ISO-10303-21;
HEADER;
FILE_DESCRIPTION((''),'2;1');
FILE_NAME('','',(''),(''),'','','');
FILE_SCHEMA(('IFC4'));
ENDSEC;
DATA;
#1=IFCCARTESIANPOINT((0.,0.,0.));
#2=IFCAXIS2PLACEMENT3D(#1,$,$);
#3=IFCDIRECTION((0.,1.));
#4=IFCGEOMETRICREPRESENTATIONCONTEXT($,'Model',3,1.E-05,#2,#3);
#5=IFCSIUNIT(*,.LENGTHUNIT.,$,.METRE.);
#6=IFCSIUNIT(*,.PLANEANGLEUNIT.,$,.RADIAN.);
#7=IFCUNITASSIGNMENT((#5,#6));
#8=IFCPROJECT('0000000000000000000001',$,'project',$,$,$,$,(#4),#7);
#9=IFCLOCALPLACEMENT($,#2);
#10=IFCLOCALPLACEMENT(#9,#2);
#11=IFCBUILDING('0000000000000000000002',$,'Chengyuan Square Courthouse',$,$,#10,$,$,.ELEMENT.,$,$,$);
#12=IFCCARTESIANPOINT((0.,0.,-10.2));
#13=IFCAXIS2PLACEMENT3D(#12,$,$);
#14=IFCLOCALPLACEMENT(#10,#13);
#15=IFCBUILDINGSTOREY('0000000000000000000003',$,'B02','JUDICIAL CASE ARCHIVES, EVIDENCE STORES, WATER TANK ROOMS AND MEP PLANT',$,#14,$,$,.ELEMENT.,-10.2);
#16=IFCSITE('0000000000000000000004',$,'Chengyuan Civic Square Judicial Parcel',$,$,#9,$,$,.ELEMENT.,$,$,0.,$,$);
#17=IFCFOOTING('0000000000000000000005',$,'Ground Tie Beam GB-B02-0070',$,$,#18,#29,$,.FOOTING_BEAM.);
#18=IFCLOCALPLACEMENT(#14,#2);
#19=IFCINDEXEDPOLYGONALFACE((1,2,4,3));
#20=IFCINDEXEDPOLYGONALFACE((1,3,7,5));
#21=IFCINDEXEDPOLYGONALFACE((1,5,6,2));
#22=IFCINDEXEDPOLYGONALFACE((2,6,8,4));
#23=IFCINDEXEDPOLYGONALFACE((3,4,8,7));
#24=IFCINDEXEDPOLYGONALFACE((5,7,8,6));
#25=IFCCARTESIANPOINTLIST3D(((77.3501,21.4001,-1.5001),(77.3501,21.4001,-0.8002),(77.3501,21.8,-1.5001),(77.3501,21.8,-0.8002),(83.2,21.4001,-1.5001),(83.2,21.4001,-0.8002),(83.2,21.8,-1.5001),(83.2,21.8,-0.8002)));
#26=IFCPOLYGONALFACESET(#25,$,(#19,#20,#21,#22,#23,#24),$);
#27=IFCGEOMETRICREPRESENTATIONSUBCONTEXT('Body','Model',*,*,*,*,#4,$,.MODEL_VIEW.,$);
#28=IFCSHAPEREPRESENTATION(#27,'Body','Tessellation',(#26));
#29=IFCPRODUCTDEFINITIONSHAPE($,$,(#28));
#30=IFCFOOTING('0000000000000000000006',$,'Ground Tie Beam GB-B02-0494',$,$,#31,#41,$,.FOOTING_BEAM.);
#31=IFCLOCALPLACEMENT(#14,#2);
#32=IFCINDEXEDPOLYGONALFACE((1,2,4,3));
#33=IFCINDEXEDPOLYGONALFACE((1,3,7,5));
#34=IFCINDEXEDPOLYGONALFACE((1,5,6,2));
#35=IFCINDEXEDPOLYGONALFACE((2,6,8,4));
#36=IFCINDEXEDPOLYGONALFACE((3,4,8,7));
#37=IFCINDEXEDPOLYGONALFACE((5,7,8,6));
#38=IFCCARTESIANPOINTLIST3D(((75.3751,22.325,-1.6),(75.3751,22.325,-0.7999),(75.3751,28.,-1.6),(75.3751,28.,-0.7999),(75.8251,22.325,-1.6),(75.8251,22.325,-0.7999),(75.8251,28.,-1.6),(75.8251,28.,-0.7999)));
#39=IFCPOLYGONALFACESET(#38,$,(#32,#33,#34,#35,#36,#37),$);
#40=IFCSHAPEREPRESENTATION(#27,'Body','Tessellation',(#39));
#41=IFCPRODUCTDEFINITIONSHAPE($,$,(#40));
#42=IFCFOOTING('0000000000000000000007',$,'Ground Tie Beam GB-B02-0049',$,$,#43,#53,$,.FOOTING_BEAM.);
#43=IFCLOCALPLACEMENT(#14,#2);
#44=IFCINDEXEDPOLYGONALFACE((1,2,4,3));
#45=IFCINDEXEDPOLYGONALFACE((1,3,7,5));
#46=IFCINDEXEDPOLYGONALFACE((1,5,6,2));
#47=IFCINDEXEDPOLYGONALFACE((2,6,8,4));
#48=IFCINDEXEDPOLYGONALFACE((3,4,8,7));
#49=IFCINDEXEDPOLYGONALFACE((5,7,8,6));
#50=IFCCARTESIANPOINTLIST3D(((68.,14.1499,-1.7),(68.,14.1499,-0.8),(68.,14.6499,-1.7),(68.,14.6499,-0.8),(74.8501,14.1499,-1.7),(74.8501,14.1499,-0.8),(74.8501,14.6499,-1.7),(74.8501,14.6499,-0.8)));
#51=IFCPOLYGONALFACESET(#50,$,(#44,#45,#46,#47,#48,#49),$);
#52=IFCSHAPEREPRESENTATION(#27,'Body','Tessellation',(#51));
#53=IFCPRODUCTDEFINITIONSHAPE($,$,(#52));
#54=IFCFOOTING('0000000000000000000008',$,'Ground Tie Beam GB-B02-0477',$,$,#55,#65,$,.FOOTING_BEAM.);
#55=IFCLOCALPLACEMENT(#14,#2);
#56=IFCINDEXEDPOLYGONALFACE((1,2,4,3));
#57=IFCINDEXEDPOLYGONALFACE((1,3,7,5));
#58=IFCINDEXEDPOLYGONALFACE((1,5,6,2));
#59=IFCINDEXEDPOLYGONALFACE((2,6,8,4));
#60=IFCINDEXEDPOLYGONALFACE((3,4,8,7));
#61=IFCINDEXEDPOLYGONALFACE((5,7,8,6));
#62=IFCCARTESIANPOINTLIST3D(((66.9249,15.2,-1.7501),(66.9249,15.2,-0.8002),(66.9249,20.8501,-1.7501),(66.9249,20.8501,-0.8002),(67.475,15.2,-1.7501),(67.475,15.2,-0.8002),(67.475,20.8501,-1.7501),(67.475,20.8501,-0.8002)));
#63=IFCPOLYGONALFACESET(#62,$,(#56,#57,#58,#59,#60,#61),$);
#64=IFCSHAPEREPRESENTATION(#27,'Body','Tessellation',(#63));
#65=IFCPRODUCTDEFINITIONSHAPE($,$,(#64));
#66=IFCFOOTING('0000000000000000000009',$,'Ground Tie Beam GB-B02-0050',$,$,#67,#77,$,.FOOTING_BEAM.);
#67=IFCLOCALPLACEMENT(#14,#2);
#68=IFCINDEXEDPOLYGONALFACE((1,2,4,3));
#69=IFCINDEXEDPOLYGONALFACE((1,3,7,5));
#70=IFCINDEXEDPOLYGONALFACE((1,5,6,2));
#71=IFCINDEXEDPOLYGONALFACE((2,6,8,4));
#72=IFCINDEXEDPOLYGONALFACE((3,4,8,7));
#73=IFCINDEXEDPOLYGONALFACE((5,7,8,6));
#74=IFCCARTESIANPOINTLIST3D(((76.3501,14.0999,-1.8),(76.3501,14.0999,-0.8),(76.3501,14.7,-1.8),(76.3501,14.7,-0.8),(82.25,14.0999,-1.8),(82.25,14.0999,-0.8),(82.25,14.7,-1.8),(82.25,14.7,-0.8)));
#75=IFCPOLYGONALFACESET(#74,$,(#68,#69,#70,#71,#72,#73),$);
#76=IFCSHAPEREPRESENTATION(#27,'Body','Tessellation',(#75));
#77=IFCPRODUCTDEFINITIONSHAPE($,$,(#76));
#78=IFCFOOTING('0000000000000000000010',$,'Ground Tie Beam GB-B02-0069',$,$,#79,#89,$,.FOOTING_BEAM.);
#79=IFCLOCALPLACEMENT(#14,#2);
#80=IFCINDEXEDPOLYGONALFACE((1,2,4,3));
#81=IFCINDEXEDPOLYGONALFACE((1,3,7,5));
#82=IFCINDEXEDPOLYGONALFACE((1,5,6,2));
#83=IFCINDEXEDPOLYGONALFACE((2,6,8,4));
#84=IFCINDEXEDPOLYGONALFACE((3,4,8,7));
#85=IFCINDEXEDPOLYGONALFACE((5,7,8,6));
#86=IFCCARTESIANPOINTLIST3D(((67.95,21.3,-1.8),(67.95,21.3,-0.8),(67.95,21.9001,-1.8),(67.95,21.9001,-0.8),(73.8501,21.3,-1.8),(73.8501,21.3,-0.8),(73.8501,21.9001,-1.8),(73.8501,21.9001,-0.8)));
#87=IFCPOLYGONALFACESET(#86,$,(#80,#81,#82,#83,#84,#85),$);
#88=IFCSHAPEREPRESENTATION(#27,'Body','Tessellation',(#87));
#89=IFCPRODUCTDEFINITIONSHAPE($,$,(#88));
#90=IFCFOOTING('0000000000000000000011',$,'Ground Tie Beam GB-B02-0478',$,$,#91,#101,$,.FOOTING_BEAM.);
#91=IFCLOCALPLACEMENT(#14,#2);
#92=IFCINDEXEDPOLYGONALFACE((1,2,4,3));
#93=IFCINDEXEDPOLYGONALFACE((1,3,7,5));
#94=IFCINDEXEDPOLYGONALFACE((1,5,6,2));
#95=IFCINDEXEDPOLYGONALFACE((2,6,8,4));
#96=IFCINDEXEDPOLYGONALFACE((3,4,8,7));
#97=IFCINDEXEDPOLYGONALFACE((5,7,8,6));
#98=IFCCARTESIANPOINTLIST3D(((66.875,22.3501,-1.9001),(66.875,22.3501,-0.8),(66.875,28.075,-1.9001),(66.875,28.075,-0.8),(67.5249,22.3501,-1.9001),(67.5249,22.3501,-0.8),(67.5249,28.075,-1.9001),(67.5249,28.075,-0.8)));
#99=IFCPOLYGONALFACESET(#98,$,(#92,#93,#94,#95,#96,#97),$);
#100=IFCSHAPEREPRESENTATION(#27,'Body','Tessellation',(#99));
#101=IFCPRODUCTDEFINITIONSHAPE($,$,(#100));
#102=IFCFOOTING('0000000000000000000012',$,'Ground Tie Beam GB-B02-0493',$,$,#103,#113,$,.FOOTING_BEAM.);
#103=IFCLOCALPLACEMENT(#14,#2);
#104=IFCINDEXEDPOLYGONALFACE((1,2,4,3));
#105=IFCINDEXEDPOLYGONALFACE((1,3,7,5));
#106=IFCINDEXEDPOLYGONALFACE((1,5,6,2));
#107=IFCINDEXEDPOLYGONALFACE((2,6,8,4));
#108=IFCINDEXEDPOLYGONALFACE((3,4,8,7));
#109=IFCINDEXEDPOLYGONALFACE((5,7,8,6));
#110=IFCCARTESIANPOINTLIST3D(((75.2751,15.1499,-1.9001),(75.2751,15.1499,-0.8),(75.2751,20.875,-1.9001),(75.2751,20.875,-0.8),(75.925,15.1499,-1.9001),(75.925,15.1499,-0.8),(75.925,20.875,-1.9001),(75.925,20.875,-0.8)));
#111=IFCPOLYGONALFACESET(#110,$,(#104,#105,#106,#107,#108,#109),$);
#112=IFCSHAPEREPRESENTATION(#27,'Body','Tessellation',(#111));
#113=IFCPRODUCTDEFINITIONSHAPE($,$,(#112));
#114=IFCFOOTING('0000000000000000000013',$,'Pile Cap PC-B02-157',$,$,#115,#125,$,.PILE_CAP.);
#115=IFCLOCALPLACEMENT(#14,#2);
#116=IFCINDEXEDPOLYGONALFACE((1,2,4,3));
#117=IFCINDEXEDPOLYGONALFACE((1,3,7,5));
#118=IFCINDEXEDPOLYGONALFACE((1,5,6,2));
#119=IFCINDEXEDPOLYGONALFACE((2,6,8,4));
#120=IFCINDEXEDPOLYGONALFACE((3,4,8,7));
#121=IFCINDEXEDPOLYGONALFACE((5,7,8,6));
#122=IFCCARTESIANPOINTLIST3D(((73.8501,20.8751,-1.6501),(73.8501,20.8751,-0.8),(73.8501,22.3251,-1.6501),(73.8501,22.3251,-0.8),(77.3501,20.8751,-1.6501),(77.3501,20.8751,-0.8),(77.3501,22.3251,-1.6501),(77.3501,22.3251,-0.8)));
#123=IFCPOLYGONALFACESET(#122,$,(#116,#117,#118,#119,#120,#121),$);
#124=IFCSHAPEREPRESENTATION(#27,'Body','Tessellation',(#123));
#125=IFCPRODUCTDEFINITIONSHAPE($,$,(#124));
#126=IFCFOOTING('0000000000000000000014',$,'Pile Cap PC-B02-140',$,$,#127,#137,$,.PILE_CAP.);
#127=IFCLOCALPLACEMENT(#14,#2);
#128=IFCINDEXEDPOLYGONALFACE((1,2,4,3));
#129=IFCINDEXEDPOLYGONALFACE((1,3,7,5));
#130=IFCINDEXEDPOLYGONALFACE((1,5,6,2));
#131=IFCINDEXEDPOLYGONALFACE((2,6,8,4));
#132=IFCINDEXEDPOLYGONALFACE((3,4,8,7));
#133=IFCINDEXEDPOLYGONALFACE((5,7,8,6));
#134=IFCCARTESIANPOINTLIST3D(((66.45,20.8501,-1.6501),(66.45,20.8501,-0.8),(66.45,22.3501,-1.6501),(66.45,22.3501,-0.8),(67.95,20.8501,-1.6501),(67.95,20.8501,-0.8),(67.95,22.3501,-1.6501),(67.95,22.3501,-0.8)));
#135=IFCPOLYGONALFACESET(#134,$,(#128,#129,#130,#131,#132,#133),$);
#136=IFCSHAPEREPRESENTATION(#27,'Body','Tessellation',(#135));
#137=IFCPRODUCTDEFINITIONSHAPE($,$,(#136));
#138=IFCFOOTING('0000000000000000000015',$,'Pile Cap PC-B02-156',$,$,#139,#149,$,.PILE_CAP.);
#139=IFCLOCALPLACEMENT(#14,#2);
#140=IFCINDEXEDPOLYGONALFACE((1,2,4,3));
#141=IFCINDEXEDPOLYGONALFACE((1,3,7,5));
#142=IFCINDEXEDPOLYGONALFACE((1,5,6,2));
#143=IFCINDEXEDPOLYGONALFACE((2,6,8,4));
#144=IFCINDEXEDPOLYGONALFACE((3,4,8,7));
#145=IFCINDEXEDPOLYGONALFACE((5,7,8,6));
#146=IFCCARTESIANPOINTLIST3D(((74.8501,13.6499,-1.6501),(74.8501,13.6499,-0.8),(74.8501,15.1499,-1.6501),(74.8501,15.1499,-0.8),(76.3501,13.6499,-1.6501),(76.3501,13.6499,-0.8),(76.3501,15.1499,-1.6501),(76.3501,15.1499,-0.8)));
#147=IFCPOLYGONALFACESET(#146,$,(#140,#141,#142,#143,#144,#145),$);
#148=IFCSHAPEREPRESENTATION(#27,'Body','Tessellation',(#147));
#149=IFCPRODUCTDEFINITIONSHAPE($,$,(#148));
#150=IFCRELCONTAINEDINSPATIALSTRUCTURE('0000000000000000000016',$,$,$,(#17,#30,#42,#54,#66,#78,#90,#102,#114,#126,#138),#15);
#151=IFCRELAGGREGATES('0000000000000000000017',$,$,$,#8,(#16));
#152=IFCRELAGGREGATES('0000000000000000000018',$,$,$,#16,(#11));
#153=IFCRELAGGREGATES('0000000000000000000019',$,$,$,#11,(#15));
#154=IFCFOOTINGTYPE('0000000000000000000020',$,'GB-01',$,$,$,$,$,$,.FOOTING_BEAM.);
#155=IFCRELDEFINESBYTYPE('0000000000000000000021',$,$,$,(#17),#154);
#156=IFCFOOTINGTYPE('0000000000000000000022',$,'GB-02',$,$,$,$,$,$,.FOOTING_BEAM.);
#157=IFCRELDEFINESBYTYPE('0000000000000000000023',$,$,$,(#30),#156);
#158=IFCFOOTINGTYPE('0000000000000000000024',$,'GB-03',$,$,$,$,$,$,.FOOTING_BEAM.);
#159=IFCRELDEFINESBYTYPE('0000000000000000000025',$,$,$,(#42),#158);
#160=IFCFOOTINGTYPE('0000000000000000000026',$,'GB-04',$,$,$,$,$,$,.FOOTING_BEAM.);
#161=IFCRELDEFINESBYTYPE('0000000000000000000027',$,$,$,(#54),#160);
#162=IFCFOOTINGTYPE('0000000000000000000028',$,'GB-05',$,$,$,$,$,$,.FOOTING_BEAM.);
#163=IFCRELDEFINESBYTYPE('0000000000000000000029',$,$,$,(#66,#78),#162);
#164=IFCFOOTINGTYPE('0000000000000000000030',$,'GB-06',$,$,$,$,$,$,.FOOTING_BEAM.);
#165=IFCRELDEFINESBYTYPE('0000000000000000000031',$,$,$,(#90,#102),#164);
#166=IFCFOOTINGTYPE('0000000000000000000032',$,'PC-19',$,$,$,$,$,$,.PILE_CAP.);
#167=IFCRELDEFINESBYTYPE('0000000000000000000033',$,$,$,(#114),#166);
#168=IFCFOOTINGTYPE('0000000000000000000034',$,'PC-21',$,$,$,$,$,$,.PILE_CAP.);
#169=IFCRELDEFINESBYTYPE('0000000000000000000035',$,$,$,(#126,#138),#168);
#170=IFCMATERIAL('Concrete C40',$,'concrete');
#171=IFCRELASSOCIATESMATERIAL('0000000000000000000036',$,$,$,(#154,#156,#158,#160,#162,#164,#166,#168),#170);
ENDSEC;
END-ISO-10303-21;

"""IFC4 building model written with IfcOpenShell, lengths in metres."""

from ifc_helpers import new_model, si_unit, direction, frame, origin, origin_2d, place, context, subcontext, project, spatial, rectangle, extrude, material, material_profile, profile_set, type_object, element, save


model = new_model("IFC4")

# Units and contexts
model_context = context("Model", 3, precision=1e-05, world=origin(), true_north=direction((0.0, 1.0)))
body_context = subcontext(model_context, "Body", "Model", "MODEL_VIEW")
ifc_project = project(units=[si_unit("LENGTHUNIT", "METRE"), si_unit("PLANEANGLEUNIT", "RADIAN")], contexts=[model_context])

# Site, building, storey
site_placement = place(None, origin())
site = spatial("IfcSite", under=ifc_project, at=site_placement, Name="Chengyuan Civic Square Judicial Parcel", CompositionType="ELEMENT", RefElevation=0.0)
building_placement = place(site_placement, origin())
building = spatial("IfcBuilding", under=site, at=building_placement, Name="Chengyuan Square Courthouse", CompositionType="ELEMENT")
storey_placement = place(building_placement, frame((0.0, 0.0, -10.2)))
storey = spatial("IfcBuildingStorey", under=building, at=storey_placement, Name="B02", Description="JUDICIAL CASE ARCHIVES, EVIDENCE STORES, WATER TANK ROOMS AND MEP PLANT", CompositionType="ELEMENT", Elevation=-10.2)

# Footings
ifc_material_1 = material(Name="Concrete C40", Category="concrete")
ifc_material_profile_1 = material_profile(ifc_material_1, rectangle(XDim=0.3999, YDim=0.7, at=origin_2d()), Name="GB-400x700")
ifc_profile_set_1 = profile_set([ifc_material_profile_1], Name="Concrete C40")
footing_type_1 = type_object("IfcFootingType", Name="GB-01", PredefinedType="FOOTING_BEAM", material=ifc_profile_set_1)
footing_1_placement = place(storey_placement, frame((77.3501, 21.6001, -1.1501), z_axis=(1.0, 0.0, 0.0), x_axis=(0.0, 1.0, 0.0)))
element("IfcFooting", 1, at=footing_1_placement, inside=storey, type_object=footing_type_1, Name="Ground Tie Beam GB-B02-0070", PredefinedType="FOOTING_BEAM", context=body_context, shape_type="SweptSolid", body=[
    extrude(rectangle(XDim=0.3999, YDim=0.7, at=origin_2d()), origin(), (0.0, 0.0, 1.0), 5.8499),
])
ifc_material_profile_2 = material_profile(ifc_material_1, rectangle(XDim=0.45, YDim=0.8, at=origin_2d()), Name="GB-450x800")
ifc_profile_set_2 = profile_set([ifc_material_profile_2], Name="Concrete C40")
footing_type_2 = type_object("IfcFootingType", Name="GB-02", PredefinedType="FOOTING_BEAM", material=ifc_profile_set_2)
footing_2_placement = place(storey_placement, frame((75.6001, 22.325, -1.2), z_axis=(0.0, 1.0, 0.0), x_axis=(-1.0, 0.0, 0.0)))
element("IfcFooting", 2, at=footing_2_placement, inside=storey, type_object=footing_type_2, Name="Ground Tie Beam GB-B02-0494", PredefinedType="FOOTING_BEAM", context=body_context, shape_type="SweptSolid", body=[
    extrude(rectangle(XDim=0.45, YDim=0.8, at=origin_2d()), origin(), (0.0, 0.0, 1.0), 5.675),
])
ifc_material_profile_3 = material_profile(ifc_material_1, rectangle(XDim=0.5, YDim=0.8999, at=origin_2d()), Name="GB-500x900")
ifc_profile_set_3 = profile_set([ifc_material_profile_3], Name="Concrete C40")
footing_type_3 = type_object("IfcFootingType", Name="GB-03", PredefinedType="FOOTING_BEAM", material=ifc_profile_set_3)
footing_3_placement = place(storey_placement, frame((68.0, 14.3999, -1.25), z_axis=(1.0, 0.0, 0.0), x_axis=(0.0, 1.0, 0.0)))
element("IfcFooting", 3, at=footing_3_placement, inside=storey, type_object=footing_type_3, Name="Ground Tie Beam GB-B02-0049", PredefinedType="FOOTING_BEAM", context=body_context, shape_type="SweptSolid", body=[
    extrude(rectangle(XDim=0.5, YDim=0.8999, at=origin_2d()), origin(), (0.0, 0.0, 1.0), 6.8501),
])
ifc_material_profile_4 = material_profile(ifc_material_1, rectangle(XDim=0.55, YDim=0.95, at=origin_2d()), Name="GB-550x950")
ifc_profile_set_4 = profile_set([ifc_material_profile_4], Name="Concrete C40")
footing_type_4 = type_object("IfcFootingType", Name="GB-04", PredefinedType="FOOTING_BEAM", material=ifc_profile_set_4)
footing_4_placement = place(storey_placement, frame((67.2, 15.2, -1.2751), z_axis=(0.0, 1.0, 0.0), x_axis=(-1.0, 0.0, 0.0)))
element("IfcFooting", 4, at=footing_4_placement, inside=storey, type_object=footing_type_4, Name="Ground Tie Beam GB-B02-0477", PredefinedType="FOOTING_BEAM", context=body_context, shape_type="SweptSolid", body=[
    extrude(rectangle(XDim=0.55, YDim=0.95, at=origin_2d()), origin(), (0.0, 0.0, 1.0), 5.6501),
])
ifc_material_profile_5 = material_profile(ifc_material_1, rectangle(XDim=0.6001, YDim=1.0, at=origin_2d()), Name="GB-600x1000")
ifc_profile_set_5 = profile_set([ifc_material_profile_5], Name="Concrete C40")
footing_type_5 = type_object("IfcFootingType", Name="GB-05", PredefinedType="FOOTING_BEAM", material=ifc_profile_set_5)
footing_5_placement = place(storey_placement, frame((76.3501, 14.3999, -1.3), z_axis=(1.0, 0.0, 0.0), x_axis=(0.0, 1.0, 0.0)))
element("IfcFooting", 5, at=footing_5_placement, inside=storey, type_object=footing_type_5, Name="Ground Tie Beam GB-B02-0050", PredefinedType="FOOTING_BEAM", context=body_context, shape_type="SweptSolid", body=[
    extrude(rectangle(XDim=0.6001, YDim=1.0, at=origin_2d()), origin(), (0.0, 0.0, 1.0), 5.8999),
])
footing_6_placement = place(storey_placement, frame((67.95, 21.6001, -1.3), z_axis=(1.0, 0.0, 0.0), x_axis=(0.0, 1.0, 0.0)))
element("IfcFooting", 6, at=footing_6_placement, inside=storey, type_object=footing_type_5, Name="Ground Tie Beam GB-B02-0069", PredefinedType="FOOTING_BEAM", context=body_context, shape_type="SweptSolid", body=[
    extrude(rectangle(XDim=0.6001, YDim=1.0, at=origin_2d()), origin(), (0.0, 0.0, 1.0), 5.9001),
])
ifc_material_profile_6 = material_profile(ifc_material_1, rectangle(XDim=0.6499, YDim=1.1001, at=origin_2d()), Name="GB-650x1100")
ifc_profile_set_6 = profile_set([ifc_material_profile_6], Name="Concrete C40")
footing_type_6 = type_object("IfcFootingType", Name="GB-06", PredefinedType="FOOTING_BEAM", material=ifc_profile_set_6)
footing_7_placement = place(storey_placement, frame((67.2, 22.3501, -1.3501), z_axis=(0.0, 1.0, 0.0), x_axis=(-1.0, 0.0, 0.0)))
element("IfcFooting", 7, at=footing_7_placement, inside=storey, type_object=footing_type_6, Name="Ground Tie Beam GB-B02-0478", PredefinedType="FOOTING_BEAM", context=body_context, shape_type="SweptSolid", body=[
    extrude(rectangle(XDim=0.6499, YDim=1.1001, at=origin_2d()), origin(), (0.0, 0.0, 1.0), 5.7249),
])
footing_8_placement = place(storey_placement, frame((75.6001, 15.1499, -1.3501), z_axis=(0.0, 1.0, 0.0), x_axis=(-1.0, 0.0, 0.0)))
element("IfcFooting", 8, at=footing_8_placement, inside=storey, type_object=footing_type_6, Name="Ground Tie Beam GB-B02-0493", PredefinedType="FOOTING_BEAM", context=body_context, shape_type="SweptSolid", body=[
    extrude(rectangle(XDim=0.6499, YDim=1.1001, at=origin_2d()), origin(), (0.0, 0.0, 1.0), 5.7251),
])
footing_type_7 = type_object("IfcFootingType", Name="PC-19", PredefinedType="PILE_CAP", material=ifc_material_1)
footing_9_placement = place(storey_placement, frame((75.6001, 21.6001, -1.6501), z_axis=(0.0, 0.0, 1.0), x_axis=(1.0, 0.0, 0.0)))
element("IfcFooting", 9, at=footing_9_placement, inside=storey, type_object=footing_type_7, Name="Pile Cap PC-B02-157", PredefinedType="PILE_CAP", context=body_context, shape_type="SweptSolid", body=[
    extrude(rectangle(XDim=3.5, YDim=1.45, at=origin_2d()), origin(), (0.0, 0.0, 1.0), 0.8501),
])
footing_type_8 = type_object("IfcFootingType", Name="PC-21", PredefinedType="PILE_CAP", material=ifc_material_1)
for number, where, z_axis, x_axis, name in (
    (10, (67.2, 21.6001, -1.6501), (0.0, 0.0, 1.0), (1.0, 0.0, 0.0), "Pile Cap PC-B02-140"),
    (11, (75.6001, 14.3999, -1.6501), (0.0, 0.0, 1.0), (1.0, 0.0, 0.0), "Pile Cap PC-B02-156"),
):
    element("IfcFooting", number, at=place(storey_placement, frame(where, z_axis=z_axis, x_axis=x_axis)), inside=storey, type_object=footing_type_8, Name=name, PredefinedType="PILE_CAP", context=body_context, shape_type="SweptSolid", body=[
        extrude(rectangle(XDim=1.5, YDim=1.5, at=origin_2d()), origin(), (0.0, 0.0, 1.0), 0.8501),
    ])

save(model, "model.ifc")
